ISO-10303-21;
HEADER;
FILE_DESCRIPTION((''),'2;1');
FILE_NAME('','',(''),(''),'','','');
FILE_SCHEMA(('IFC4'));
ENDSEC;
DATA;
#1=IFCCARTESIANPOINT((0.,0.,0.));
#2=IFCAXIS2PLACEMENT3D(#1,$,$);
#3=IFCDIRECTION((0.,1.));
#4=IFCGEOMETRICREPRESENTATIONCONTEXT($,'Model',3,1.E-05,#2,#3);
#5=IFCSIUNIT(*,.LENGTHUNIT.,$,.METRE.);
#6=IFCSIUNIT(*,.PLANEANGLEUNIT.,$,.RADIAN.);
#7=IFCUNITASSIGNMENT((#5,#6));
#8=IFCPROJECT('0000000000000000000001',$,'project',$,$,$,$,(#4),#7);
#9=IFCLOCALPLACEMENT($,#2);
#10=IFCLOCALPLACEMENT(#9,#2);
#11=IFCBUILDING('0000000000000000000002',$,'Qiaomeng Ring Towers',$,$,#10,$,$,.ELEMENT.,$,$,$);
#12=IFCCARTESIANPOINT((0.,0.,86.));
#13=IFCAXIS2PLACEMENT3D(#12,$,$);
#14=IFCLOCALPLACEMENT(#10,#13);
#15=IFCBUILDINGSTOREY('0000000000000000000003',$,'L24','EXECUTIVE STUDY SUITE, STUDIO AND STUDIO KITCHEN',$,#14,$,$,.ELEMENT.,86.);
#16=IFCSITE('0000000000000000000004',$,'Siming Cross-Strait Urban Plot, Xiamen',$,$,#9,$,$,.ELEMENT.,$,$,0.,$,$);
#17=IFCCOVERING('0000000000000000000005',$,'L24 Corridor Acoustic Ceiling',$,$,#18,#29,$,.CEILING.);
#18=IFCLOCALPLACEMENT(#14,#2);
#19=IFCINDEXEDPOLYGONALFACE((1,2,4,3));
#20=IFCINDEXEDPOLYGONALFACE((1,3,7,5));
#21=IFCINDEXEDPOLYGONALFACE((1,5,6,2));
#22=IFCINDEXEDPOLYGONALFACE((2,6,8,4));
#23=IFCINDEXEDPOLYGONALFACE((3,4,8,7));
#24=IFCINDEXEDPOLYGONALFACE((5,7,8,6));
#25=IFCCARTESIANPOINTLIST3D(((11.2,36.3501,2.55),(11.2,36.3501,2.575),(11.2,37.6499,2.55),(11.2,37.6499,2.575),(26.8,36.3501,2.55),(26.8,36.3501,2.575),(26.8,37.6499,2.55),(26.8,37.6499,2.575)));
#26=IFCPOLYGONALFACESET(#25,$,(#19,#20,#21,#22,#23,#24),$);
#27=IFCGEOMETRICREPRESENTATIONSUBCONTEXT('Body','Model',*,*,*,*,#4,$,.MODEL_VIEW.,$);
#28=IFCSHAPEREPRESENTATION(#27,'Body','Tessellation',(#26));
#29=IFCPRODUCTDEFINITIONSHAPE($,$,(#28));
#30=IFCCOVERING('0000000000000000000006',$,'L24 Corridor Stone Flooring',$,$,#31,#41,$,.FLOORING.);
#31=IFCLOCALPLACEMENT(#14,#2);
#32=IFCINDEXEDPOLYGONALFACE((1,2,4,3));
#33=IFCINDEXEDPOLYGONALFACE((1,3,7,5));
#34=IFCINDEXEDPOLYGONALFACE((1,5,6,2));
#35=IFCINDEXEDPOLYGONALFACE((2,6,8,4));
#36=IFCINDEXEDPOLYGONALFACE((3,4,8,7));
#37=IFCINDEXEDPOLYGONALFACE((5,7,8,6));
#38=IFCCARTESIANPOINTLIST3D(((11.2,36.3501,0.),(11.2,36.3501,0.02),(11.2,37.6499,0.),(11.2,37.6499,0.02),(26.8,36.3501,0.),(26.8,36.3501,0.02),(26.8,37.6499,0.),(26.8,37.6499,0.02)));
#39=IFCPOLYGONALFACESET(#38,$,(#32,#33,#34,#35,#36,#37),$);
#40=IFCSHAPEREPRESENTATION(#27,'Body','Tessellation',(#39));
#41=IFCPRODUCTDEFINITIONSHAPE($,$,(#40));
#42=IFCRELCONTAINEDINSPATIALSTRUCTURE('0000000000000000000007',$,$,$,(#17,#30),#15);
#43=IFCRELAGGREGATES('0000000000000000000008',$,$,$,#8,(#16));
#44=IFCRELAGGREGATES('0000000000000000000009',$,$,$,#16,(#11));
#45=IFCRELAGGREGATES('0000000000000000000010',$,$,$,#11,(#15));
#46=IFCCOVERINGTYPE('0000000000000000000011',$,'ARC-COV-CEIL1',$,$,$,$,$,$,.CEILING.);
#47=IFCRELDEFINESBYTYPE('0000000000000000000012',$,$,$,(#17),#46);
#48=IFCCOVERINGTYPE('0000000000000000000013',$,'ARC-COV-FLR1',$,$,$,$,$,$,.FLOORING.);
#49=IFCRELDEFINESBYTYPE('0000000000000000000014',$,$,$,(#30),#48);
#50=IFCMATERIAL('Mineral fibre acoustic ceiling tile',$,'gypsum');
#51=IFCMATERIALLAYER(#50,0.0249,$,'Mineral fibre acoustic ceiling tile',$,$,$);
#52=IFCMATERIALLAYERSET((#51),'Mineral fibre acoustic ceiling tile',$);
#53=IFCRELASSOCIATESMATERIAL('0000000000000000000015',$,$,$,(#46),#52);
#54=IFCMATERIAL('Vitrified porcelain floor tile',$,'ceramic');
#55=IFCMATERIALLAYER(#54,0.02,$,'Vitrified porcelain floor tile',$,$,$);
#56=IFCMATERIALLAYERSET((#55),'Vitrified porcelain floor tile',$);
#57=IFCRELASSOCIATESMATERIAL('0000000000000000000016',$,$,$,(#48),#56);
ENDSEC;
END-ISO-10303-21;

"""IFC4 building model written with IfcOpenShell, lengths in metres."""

from ifc_helpers import new_model, si_unit, direction, frame, origin, place, context, subcontext, project, spatial, polyline, outline, extrude, material, layer, layer_set, type_object, element, save


model = new_model("IFC4")

# Units and contexts
model_context = context("Model", 3, precision=1e-05, world=origin(), true_north=direction((0.0, 1.0)))
body_context = subcontext(model_context, "Body", "Model", "MODEL_VIEW")
ifc_project = project(units=[si_unit("LENGTHUNIT", "METRE"), si_unit("PLANEANGLEUNIT", "RADIAN")], contexts=[model_context])

# Site, building, storey
site_placement = place(None, origin())
site = spatial("IfcSite", under=ifc_project, at=site_placement, Name="Siming Cross-Strait Urban Plot, Xiamen", CompositionType="ELEMENT", RefElevation=0.0)
building_placement = place(site_placement, origin())
building = spatial("IfcBuilding", under=site, at=building_placement, Name="Qiaomeng Ring Towers", CompositionType="ELEMENT")
storey_placement = place(building_placement, frame((0.0, 0.0, 86.0)))
storey = spatial("IfcBuildingStorey", under=building, at=storey_placement, Name="L24", Description="EXECUTIVE STUDY SUITE, STUDIO AND STUDIO KITCHEN", CompositionType="ELEMENT", Elevation=86.0)

# Coverings
ifc_material_1 = material(Name="Mineral fibre acoustic ceiling tile", Category="gypsum")
ifc_layer_1 = layer(ifc_material_1, 0.0249, Name="Mineral fibre acoustic ceiling tile")
ifc_layer_set_1 = layer_set([ifc_layer_1], Name="Mineral fibre acoustic ceiling tile")
covering_type_1 = type_object("IfcCoveringType", Name="ARC-COV-CEIL1", PredefinedType="CEILING", material=ifc_layer_set_1)
covering_1_placement = place(storey_placement, frame((0.0, 0.0, 2.55)))
element("IfcCovering", 1, at=covering_1_placement, inside=storey, type_object=covering_type_1, Name="L24 Corridor Acoustic Ceiling", PredefinedType="CEILING", context=body_context, shape_type="SweptSolid", body=[
    extrude(outline(polyline([(11.2, 36.3501), (11.2, 37.6499), (26.8, 37.6499), (26.8, 36.3501), (11.2, 36.3501)])), origin(), (0.0, 0.0, 1.0), 0.0249),
])
ifc_material_2 = material(Name="Vitrified porcelain floor tile", Category="ceramic")
ifc_layer_2 = layer(ifc_material_2, 0.02, Name="Vitrified porcelain floor tile")
ifc_layer_set_2 = layer_set([ifc_layer_2], Name="Vitrified porcelain floor tile")
covering_type_2 = type_object("IfcCoveringType", Name="ARC-COV-FLR1", PredefinedType="FLOORING", material=ifc_layer_set_2)
covering_2_placement = place(storey_placement, origin())
element("IfcCovering", 2, at=covering_2_placement, inside=storey, type_object=covering_type_2, Name="L24 Corridor Stone Flooring", PredefinedType="FLOORING", context=body_context, shape_type="SweptSolid", body=[
    extrude(outline(polyline([(11.2, 36.3501), (11.2, 37.6499), (26.8, 37.6499), (26.8, 36.3501), (11.2, 36.3501)])), origin(), (0.0, 0.0, 1.0), 0.02),
])

save(model, "model.ifc")
